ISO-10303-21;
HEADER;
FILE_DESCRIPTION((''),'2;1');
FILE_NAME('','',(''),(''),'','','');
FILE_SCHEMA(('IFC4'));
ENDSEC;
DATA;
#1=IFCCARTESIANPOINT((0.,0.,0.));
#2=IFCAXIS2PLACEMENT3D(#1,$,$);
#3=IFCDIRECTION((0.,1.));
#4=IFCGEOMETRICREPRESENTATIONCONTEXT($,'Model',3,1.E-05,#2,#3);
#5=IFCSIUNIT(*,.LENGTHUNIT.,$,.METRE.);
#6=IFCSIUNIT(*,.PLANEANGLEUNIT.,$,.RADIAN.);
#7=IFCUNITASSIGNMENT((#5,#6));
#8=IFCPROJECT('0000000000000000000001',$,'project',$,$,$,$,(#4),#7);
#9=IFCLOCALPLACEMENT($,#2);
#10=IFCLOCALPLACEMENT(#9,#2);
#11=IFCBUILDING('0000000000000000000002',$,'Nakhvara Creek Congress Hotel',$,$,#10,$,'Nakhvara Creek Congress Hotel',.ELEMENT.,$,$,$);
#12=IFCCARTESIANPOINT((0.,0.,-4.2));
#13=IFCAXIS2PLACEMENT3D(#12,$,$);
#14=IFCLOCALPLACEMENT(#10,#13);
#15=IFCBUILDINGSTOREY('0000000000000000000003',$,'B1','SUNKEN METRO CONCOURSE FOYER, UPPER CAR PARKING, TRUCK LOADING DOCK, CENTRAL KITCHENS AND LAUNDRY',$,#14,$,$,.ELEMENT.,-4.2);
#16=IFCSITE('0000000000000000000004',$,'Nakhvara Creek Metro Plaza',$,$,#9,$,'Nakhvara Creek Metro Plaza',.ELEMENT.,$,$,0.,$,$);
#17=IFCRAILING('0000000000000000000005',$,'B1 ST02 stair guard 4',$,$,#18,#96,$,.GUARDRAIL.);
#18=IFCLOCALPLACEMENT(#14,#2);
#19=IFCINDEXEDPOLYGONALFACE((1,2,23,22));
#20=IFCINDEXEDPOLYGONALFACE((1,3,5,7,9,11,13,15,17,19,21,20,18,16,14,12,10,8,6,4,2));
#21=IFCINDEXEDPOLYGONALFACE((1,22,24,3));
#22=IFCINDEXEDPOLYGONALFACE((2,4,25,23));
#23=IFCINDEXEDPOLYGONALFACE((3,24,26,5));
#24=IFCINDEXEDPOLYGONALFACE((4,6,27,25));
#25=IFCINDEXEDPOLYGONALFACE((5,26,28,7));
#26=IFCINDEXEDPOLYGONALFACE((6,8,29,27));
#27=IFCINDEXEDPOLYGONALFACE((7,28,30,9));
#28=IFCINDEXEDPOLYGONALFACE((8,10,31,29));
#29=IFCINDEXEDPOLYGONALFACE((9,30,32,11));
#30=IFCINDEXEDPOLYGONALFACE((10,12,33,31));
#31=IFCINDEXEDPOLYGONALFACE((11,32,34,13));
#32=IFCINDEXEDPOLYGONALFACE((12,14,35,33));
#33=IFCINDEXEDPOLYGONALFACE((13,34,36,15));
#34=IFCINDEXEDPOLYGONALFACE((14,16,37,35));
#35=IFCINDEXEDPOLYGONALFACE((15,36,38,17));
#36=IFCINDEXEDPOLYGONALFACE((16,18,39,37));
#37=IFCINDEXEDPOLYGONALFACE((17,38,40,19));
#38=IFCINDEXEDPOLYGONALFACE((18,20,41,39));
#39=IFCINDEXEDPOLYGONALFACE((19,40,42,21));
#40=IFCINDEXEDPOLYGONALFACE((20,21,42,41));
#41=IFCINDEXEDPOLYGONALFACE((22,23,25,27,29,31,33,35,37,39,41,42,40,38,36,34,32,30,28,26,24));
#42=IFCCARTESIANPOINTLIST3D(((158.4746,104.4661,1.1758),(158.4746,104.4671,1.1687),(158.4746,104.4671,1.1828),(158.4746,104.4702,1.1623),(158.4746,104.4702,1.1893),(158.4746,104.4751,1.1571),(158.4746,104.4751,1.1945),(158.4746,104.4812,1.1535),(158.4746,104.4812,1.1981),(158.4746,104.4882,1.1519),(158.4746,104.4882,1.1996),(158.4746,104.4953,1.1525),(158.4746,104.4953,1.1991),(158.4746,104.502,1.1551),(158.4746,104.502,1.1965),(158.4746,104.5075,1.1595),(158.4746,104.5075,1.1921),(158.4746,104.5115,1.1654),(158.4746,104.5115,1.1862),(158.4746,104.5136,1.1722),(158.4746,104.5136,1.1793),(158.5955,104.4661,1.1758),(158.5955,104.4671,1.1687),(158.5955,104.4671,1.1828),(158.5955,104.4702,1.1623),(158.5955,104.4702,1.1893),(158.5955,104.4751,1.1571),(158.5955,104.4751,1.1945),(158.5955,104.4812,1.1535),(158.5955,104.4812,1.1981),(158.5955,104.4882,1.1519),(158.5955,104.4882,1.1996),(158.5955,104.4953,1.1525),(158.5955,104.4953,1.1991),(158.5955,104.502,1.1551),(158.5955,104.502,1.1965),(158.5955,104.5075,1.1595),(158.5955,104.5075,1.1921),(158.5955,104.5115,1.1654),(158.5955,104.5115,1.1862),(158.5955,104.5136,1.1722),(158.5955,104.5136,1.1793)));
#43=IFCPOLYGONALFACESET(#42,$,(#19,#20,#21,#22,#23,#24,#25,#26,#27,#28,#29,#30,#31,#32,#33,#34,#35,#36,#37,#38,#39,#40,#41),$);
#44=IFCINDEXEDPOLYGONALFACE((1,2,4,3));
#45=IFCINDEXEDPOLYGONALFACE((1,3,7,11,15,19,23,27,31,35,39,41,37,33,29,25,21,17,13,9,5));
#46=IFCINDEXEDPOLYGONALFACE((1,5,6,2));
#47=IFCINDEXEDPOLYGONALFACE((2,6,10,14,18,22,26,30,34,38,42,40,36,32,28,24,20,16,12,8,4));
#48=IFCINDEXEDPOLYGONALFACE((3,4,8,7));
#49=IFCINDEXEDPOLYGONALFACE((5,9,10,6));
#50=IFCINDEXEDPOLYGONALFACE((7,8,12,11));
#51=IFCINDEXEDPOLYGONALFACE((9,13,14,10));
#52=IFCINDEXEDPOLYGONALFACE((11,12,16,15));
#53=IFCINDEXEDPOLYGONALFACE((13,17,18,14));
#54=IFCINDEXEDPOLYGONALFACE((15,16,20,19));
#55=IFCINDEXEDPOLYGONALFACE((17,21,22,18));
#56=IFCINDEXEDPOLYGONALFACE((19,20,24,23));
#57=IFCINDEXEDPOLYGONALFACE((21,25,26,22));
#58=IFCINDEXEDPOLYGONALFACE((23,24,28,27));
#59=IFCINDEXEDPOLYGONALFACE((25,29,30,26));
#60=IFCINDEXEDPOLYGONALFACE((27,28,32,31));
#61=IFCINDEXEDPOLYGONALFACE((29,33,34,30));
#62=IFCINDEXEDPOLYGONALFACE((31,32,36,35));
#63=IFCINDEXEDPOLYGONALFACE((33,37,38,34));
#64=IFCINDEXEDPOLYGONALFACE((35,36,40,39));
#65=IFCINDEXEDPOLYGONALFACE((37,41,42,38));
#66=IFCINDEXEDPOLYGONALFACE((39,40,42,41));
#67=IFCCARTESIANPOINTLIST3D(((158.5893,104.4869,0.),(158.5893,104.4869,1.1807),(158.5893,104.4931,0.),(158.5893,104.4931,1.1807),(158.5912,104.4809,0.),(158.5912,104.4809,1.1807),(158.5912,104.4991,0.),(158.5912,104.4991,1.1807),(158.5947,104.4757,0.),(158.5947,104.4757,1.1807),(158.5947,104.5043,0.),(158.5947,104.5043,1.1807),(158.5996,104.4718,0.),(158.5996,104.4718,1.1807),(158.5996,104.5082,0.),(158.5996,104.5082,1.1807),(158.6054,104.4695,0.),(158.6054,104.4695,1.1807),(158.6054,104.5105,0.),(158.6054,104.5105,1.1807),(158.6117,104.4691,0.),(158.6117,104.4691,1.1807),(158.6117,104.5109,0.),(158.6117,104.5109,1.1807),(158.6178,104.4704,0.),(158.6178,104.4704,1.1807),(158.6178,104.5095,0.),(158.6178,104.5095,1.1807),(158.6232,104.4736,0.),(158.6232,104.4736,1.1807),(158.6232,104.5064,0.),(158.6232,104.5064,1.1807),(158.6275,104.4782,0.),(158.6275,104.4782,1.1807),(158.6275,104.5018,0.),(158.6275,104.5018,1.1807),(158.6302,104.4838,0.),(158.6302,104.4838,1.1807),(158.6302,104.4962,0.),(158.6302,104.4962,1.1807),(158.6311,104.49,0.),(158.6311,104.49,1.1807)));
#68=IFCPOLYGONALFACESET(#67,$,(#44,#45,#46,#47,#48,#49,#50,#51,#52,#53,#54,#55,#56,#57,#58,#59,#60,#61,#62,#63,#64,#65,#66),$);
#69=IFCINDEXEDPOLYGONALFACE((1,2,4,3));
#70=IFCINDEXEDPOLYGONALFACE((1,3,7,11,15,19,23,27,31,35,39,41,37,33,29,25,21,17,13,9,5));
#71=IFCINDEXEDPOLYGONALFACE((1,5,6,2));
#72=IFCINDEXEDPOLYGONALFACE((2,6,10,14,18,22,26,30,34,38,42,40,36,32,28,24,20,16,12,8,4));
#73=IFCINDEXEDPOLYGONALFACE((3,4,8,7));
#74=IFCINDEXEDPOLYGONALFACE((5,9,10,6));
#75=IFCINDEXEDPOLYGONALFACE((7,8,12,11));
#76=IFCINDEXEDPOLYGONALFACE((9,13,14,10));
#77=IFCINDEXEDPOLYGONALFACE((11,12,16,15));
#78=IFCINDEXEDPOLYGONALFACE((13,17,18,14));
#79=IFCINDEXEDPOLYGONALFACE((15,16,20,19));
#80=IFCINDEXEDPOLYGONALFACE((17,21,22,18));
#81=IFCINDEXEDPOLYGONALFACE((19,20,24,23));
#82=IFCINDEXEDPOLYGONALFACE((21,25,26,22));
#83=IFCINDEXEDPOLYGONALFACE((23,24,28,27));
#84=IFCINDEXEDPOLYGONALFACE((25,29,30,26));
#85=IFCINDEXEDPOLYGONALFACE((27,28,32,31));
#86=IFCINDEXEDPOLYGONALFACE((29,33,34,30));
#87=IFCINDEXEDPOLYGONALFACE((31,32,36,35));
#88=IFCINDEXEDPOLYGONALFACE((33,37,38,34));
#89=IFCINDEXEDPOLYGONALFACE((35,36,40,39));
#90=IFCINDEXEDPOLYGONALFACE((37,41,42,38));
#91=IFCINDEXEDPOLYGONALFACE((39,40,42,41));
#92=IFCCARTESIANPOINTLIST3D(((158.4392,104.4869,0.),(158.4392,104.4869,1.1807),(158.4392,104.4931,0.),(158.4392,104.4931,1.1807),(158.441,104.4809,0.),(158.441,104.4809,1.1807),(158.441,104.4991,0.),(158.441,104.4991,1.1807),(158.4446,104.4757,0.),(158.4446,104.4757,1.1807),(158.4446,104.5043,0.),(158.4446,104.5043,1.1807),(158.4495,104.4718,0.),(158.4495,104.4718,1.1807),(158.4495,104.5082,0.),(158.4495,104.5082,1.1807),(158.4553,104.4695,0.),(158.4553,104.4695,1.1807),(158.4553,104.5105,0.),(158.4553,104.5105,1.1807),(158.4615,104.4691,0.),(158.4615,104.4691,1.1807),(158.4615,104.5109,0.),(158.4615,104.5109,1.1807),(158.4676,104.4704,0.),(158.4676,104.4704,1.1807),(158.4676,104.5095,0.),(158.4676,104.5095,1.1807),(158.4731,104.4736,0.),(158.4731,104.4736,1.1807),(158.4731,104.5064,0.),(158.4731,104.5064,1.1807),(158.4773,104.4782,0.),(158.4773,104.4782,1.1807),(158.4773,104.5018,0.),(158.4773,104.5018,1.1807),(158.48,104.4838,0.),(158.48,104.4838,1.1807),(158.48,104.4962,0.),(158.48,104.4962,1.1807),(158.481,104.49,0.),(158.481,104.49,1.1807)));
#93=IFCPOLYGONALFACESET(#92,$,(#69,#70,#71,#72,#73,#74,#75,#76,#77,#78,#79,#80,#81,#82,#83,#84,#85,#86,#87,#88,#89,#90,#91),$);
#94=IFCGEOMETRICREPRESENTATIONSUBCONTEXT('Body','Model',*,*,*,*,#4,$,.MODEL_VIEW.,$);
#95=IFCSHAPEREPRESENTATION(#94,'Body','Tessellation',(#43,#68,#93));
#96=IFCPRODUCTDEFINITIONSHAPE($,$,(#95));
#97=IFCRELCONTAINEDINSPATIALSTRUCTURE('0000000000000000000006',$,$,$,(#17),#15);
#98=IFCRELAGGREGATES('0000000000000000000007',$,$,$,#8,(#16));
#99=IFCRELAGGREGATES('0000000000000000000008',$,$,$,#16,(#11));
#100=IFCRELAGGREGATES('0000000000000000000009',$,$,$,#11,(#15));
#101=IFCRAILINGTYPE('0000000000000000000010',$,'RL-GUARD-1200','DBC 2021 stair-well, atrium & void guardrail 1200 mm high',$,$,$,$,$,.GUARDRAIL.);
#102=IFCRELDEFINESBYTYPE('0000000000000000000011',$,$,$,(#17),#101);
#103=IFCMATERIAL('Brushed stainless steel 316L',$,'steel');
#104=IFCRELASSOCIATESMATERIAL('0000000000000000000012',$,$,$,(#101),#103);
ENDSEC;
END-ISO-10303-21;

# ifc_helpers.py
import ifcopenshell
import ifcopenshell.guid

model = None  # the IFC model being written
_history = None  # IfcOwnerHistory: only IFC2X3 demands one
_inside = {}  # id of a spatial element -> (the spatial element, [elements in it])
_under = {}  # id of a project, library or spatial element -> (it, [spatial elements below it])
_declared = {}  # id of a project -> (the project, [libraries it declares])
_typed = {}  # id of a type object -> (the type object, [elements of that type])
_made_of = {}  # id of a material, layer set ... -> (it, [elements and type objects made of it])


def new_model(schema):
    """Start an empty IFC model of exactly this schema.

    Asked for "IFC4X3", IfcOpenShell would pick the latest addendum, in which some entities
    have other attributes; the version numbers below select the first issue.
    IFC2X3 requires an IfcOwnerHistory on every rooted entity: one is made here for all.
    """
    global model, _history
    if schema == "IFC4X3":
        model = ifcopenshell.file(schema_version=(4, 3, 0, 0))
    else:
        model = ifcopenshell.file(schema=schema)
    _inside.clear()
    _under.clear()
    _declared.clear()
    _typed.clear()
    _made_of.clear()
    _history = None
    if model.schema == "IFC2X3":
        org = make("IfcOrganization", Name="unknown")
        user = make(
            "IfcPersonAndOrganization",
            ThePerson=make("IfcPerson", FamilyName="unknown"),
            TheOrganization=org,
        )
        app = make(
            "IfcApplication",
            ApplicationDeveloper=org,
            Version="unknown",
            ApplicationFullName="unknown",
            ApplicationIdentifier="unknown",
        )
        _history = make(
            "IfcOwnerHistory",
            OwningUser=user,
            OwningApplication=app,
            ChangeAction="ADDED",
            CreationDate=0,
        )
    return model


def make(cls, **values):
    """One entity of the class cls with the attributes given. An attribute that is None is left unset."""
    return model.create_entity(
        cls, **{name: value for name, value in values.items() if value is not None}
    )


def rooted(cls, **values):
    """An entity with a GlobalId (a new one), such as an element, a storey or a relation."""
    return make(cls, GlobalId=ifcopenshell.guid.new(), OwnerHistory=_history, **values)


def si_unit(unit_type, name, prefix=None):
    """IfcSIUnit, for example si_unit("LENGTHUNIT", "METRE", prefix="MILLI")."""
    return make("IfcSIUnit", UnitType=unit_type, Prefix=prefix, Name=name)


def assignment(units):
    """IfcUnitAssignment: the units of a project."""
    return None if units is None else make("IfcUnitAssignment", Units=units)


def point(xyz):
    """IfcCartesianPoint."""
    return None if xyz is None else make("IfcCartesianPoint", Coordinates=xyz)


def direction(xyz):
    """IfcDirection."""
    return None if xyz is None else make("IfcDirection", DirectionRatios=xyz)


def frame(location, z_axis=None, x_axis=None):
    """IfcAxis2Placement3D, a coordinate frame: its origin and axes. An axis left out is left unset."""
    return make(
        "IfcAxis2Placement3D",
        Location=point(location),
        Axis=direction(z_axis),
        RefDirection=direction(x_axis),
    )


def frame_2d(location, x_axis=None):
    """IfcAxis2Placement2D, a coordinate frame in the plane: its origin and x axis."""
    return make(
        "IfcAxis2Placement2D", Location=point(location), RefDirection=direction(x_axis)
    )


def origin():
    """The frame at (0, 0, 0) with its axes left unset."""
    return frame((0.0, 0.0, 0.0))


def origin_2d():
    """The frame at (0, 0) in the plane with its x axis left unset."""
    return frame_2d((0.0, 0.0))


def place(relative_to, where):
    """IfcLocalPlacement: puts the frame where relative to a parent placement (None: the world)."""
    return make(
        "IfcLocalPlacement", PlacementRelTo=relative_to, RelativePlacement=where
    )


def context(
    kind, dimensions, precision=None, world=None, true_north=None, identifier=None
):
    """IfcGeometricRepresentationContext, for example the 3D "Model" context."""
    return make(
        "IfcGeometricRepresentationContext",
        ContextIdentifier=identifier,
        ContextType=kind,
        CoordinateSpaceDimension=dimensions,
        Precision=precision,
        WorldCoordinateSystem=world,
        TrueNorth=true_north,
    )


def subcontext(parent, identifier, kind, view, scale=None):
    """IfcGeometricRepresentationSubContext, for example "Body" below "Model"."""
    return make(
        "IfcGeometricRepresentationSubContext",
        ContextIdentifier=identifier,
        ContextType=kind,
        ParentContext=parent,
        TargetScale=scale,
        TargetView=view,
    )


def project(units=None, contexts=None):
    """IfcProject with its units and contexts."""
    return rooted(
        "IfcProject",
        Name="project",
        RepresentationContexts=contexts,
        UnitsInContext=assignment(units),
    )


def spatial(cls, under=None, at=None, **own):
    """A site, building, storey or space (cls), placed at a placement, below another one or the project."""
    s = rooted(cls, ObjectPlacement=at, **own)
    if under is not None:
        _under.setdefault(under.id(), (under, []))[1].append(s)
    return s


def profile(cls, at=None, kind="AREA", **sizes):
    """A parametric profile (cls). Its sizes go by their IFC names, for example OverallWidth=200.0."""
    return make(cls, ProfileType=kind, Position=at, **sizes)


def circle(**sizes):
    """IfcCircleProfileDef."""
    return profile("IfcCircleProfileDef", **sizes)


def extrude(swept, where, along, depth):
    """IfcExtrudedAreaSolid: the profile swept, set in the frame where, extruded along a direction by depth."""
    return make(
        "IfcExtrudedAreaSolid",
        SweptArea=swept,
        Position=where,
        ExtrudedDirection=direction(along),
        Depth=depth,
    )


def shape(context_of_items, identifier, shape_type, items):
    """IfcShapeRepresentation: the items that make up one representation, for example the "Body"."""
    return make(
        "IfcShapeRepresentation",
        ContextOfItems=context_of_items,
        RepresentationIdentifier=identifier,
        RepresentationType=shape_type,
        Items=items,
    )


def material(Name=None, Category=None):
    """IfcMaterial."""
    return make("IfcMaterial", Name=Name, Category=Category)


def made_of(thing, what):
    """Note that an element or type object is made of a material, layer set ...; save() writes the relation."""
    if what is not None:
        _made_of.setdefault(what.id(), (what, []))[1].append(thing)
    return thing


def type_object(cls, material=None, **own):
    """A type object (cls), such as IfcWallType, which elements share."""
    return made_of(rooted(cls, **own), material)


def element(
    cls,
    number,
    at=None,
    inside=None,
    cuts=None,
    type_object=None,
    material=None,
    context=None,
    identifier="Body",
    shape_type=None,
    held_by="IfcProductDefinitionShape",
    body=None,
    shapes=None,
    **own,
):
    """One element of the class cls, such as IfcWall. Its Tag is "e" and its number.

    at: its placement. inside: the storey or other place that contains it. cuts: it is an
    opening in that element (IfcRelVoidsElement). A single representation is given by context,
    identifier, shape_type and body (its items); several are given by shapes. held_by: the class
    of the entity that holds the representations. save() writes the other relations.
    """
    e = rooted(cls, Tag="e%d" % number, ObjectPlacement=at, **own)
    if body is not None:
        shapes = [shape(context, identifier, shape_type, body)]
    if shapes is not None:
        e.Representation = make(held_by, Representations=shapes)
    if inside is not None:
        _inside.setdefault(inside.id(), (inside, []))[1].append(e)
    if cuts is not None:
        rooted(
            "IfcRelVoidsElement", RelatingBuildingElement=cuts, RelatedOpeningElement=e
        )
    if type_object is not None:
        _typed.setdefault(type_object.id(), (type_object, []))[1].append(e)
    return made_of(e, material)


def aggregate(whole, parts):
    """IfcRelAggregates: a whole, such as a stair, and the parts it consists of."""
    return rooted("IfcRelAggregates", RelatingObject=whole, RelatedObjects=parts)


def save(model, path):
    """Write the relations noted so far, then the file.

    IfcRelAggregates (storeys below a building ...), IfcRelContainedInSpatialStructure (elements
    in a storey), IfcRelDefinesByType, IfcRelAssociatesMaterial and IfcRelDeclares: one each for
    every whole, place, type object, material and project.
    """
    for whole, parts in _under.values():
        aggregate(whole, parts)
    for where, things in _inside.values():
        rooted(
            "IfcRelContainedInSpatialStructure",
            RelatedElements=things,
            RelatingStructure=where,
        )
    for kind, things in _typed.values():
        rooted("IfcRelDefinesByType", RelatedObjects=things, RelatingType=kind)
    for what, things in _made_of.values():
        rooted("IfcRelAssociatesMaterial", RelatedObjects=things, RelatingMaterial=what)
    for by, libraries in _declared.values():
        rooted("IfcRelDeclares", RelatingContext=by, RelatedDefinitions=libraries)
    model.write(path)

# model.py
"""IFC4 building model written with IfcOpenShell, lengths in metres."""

from ifc_helpers import new_model, si_unit, direction, frame, origin, origin_2d, place, context, subcontext, project, spatial, circle, extrude, material, type_object, element, save


model = new_model("IFC4")

# Units and contexts
model_context = context("Model", 3, precision=1e-05, world=origin(), true_north=direction((0.0, 1.0)))
body_context = subcontext(model_context, "Body", "Model", "MODEL_VIEW")
ifc_project = project(units=[si_unit("LENGTHUNIT", "METRE"), si_unit("PLANEANGLEUNIT", "RADIAN")], contexts=[model_context])

# Site, building, storey
site_placement = place(None, origin())
site = spatial("IfcSite", under=ifc_project, at=site_placement, Name="Nakhvara Creek Metro Plaza", LongName="Nakhvara Creek Metro Plaza", CompositionType="ELEMENT", RefElevation=0.0)
building_placement = place(site_placement, origin())
building = spatial("IfcBuilding", under=site, at=building_placement, Name="Nakhvara Creek Congress Hotel", LongName="Nakhvara Creek Congress Hotel", CompositionType="ELEMENT")
storey_placement = place(building_placement, frame((0.0, 0.0, -4.2)))
storey = spatial("IfcBuildingStorey", under=building, at=storey_placement, Name="B1", Description="SUNKEN METRO CONCOURSE FOYER, UPPER CAR PARKING, TRUCK LOADING DOCK, CENTRAL KITCHENS AND LAUNDRY", CompositionType="ELEMENT", Elevation=-4.2)

# Railing
ifc_material_1 = material(Name="Brushed stainless steel 316L", Category="steel")
railing_type_1 = type_object("IfcRailingType", Name="RL-GUARD-1200", Description="DBC 2021 stair-well, atrium & void guardrail 1200 mm high", PredefinedType="GUARDRAIL", material=ifc_material_1)
railing_1_placement = place(storey_placement, frame((158.6101, 104.49, 0.0)))
element("IfcRailing", 1, at=railing_1_placement, inside=storey, type_object=railing_type_1, Name="B1 ST02 stair guard 4", PredefinedType="GUARDRAIL", context=body_context, shape_type="SweptSolid", body=[
    extrude(circle(Radius=0.0239, at=origin_2d()), frame((-0.0146, 0.0, 1.1758), z_axis=(-1.0, 0.0, 0.0), x_axis=(0.0, -1.0, 0.0)), (0.0, 0.0, 1.0), 0.1208),
    extrude(circle(Radius=0.021, at=origin_2d()), origin(), (0.0, 0.0, 1.0), 1.1807),
    extrude(circle(Radius=0.021, at=origin_2d()), frame((-0.1501, 0.0, 0.0)), (0.0, 0.0, 1.0), 1.1807),
])

save(model, "model.ifc")
